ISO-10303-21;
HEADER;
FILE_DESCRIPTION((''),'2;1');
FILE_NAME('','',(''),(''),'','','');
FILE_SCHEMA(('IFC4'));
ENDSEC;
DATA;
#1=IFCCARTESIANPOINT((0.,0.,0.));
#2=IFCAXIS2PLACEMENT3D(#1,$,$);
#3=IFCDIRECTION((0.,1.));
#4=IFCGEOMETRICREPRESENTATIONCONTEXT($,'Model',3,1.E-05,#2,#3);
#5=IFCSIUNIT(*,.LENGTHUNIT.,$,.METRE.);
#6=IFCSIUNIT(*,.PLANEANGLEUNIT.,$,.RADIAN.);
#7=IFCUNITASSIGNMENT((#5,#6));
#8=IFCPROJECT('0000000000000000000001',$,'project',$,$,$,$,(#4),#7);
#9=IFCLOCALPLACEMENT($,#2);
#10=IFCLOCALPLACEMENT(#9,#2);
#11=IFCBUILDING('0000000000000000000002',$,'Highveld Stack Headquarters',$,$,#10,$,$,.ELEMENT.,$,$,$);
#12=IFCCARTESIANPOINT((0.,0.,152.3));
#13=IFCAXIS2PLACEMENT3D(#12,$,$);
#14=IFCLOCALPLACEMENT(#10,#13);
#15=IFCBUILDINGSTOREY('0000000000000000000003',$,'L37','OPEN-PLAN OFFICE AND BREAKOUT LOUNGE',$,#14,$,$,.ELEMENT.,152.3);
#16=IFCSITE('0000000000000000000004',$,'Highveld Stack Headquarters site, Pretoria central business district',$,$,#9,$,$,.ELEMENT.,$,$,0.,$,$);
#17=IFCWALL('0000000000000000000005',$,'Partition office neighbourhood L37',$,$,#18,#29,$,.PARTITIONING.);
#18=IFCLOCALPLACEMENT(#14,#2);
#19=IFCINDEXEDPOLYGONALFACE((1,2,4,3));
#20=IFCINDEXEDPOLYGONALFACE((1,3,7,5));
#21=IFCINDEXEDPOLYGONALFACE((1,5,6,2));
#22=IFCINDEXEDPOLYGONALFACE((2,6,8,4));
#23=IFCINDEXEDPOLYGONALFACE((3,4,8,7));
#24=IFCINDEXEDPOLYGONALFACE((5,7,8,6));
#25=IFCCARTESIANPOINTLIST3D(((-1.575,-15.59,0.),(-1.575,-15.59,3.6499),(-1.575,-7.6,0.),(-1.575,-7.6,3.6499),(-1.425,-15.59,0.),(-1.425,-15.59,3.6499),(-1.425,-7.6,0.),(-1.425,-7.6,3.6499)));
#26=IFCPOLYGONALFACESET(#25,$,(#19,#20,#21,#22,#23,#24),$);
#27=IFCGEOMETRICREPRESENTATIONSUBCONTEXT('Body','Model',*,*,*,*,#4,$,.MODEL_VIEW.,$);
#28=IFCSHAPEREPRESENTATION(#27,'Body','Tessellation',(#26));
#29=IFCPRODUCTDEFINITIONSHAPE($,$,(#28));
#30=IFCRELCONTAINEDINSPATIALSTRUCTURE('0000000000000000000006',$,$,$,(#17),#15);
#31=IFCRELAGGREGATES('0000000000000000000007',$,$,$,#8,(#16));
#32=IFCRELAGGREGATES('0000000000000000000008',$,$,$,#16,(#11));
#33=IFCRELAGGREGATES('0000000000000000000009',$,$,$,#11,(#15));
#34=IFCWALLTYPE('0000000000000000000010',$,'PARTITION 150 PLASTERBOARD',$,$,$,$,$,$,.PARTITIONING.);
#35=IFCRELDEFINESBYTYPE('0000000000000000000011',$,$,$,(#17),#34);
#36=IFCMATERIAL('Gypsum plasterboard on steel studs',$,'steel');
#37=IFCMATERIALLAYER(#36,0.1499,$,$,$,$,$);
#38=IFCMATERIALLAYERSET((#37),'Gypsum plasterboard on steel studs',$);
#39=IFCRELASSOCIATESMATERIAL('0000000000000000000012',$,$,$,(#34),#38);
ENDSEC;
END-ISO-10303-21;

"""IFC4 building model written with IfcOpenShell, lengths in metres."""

from ifc_helpers import new_model, si_unit, direction, frame, frame_2d, origin, place, context, subcontext, project, spatial, rectangle, extrude, material, layer, layer_set, type_object, element, save


model = new_model("IFC4")

# Units and contexts
model_context = context("Model", 3, precision=1e-05, world=origin(), true_north=direction((0.0, 1.0)))
body_context = subcontext(model_context, "Body", "Model", "MODEL_VIEW")
ifc_project = project(units=[si_unit("LENGTHUNIT", "METRE"), si_unit("PLANEANGLEUNIT", "RADIAN")], contexts=[model_context])

# Site, building, storey
site_placement = place(None, origin())
site = spatial("IfcSite", under=ifc_project, at=site_placement, Name="Highveld Stack Headquarters site, Pretoria central business district", CompositionType="ELEMENT", RefElevation=0.0)
building_placement = place(site_placement, origin())
building = spatial("IfcBuilding", under=site, at=building_placement, Name="Highveld Stack Headquarters", CompositionType="ELEMENT")
storey_placement = place(building_placement, frame((0.0, 0.0, 152.3)))
storey = spatial("IfcBuildingStorey", under=building, at=storey_placement, Name="L37", Description="OPEN-PLAN OFFICE AND BREAKOUT LOUNGE", CompositionType="ELEMENT", Elevation=152.3)

# Shared definitions
ifc_material_1 = material(Name="Gypsum plasterboard on steel studs", Category="steel")
ifc_layer = layer(ifc_material_1, 0.1499)
ifc_layer_set = layer_set([ifc_layer], Name="Gypsum plasterboard on steel studs")
wall_type = type_object("IfcWallType", Name="PARTITION 150 PLASTERBOARD", PredefinedType="PARTITIONING", material=ifc_layer_set)

# Wall
wall_1_placement = place(storey_placement, frame((-1.5, -15.5901, 0.0), z_axis=(0.0, 0.0, 1.0), x_axis=(0.0, 1.0, 0.0)))
element("IfcWall", 1, at=wall_1_placement, inside=storey, type_object=wall_type, Name="Partition office neighbourhood L37", PredefinedType="PARTITIONING", context=body_context, shape_type="SweptSolid", body=[
    extrude(rectangle(XDim=7.99, YDim=0.1499, at=frame_2d((3.9951, 0.0))), origin(), (0.0, 0.0, 1.0), 3.6499),
])

save(model, "model.ifc")
